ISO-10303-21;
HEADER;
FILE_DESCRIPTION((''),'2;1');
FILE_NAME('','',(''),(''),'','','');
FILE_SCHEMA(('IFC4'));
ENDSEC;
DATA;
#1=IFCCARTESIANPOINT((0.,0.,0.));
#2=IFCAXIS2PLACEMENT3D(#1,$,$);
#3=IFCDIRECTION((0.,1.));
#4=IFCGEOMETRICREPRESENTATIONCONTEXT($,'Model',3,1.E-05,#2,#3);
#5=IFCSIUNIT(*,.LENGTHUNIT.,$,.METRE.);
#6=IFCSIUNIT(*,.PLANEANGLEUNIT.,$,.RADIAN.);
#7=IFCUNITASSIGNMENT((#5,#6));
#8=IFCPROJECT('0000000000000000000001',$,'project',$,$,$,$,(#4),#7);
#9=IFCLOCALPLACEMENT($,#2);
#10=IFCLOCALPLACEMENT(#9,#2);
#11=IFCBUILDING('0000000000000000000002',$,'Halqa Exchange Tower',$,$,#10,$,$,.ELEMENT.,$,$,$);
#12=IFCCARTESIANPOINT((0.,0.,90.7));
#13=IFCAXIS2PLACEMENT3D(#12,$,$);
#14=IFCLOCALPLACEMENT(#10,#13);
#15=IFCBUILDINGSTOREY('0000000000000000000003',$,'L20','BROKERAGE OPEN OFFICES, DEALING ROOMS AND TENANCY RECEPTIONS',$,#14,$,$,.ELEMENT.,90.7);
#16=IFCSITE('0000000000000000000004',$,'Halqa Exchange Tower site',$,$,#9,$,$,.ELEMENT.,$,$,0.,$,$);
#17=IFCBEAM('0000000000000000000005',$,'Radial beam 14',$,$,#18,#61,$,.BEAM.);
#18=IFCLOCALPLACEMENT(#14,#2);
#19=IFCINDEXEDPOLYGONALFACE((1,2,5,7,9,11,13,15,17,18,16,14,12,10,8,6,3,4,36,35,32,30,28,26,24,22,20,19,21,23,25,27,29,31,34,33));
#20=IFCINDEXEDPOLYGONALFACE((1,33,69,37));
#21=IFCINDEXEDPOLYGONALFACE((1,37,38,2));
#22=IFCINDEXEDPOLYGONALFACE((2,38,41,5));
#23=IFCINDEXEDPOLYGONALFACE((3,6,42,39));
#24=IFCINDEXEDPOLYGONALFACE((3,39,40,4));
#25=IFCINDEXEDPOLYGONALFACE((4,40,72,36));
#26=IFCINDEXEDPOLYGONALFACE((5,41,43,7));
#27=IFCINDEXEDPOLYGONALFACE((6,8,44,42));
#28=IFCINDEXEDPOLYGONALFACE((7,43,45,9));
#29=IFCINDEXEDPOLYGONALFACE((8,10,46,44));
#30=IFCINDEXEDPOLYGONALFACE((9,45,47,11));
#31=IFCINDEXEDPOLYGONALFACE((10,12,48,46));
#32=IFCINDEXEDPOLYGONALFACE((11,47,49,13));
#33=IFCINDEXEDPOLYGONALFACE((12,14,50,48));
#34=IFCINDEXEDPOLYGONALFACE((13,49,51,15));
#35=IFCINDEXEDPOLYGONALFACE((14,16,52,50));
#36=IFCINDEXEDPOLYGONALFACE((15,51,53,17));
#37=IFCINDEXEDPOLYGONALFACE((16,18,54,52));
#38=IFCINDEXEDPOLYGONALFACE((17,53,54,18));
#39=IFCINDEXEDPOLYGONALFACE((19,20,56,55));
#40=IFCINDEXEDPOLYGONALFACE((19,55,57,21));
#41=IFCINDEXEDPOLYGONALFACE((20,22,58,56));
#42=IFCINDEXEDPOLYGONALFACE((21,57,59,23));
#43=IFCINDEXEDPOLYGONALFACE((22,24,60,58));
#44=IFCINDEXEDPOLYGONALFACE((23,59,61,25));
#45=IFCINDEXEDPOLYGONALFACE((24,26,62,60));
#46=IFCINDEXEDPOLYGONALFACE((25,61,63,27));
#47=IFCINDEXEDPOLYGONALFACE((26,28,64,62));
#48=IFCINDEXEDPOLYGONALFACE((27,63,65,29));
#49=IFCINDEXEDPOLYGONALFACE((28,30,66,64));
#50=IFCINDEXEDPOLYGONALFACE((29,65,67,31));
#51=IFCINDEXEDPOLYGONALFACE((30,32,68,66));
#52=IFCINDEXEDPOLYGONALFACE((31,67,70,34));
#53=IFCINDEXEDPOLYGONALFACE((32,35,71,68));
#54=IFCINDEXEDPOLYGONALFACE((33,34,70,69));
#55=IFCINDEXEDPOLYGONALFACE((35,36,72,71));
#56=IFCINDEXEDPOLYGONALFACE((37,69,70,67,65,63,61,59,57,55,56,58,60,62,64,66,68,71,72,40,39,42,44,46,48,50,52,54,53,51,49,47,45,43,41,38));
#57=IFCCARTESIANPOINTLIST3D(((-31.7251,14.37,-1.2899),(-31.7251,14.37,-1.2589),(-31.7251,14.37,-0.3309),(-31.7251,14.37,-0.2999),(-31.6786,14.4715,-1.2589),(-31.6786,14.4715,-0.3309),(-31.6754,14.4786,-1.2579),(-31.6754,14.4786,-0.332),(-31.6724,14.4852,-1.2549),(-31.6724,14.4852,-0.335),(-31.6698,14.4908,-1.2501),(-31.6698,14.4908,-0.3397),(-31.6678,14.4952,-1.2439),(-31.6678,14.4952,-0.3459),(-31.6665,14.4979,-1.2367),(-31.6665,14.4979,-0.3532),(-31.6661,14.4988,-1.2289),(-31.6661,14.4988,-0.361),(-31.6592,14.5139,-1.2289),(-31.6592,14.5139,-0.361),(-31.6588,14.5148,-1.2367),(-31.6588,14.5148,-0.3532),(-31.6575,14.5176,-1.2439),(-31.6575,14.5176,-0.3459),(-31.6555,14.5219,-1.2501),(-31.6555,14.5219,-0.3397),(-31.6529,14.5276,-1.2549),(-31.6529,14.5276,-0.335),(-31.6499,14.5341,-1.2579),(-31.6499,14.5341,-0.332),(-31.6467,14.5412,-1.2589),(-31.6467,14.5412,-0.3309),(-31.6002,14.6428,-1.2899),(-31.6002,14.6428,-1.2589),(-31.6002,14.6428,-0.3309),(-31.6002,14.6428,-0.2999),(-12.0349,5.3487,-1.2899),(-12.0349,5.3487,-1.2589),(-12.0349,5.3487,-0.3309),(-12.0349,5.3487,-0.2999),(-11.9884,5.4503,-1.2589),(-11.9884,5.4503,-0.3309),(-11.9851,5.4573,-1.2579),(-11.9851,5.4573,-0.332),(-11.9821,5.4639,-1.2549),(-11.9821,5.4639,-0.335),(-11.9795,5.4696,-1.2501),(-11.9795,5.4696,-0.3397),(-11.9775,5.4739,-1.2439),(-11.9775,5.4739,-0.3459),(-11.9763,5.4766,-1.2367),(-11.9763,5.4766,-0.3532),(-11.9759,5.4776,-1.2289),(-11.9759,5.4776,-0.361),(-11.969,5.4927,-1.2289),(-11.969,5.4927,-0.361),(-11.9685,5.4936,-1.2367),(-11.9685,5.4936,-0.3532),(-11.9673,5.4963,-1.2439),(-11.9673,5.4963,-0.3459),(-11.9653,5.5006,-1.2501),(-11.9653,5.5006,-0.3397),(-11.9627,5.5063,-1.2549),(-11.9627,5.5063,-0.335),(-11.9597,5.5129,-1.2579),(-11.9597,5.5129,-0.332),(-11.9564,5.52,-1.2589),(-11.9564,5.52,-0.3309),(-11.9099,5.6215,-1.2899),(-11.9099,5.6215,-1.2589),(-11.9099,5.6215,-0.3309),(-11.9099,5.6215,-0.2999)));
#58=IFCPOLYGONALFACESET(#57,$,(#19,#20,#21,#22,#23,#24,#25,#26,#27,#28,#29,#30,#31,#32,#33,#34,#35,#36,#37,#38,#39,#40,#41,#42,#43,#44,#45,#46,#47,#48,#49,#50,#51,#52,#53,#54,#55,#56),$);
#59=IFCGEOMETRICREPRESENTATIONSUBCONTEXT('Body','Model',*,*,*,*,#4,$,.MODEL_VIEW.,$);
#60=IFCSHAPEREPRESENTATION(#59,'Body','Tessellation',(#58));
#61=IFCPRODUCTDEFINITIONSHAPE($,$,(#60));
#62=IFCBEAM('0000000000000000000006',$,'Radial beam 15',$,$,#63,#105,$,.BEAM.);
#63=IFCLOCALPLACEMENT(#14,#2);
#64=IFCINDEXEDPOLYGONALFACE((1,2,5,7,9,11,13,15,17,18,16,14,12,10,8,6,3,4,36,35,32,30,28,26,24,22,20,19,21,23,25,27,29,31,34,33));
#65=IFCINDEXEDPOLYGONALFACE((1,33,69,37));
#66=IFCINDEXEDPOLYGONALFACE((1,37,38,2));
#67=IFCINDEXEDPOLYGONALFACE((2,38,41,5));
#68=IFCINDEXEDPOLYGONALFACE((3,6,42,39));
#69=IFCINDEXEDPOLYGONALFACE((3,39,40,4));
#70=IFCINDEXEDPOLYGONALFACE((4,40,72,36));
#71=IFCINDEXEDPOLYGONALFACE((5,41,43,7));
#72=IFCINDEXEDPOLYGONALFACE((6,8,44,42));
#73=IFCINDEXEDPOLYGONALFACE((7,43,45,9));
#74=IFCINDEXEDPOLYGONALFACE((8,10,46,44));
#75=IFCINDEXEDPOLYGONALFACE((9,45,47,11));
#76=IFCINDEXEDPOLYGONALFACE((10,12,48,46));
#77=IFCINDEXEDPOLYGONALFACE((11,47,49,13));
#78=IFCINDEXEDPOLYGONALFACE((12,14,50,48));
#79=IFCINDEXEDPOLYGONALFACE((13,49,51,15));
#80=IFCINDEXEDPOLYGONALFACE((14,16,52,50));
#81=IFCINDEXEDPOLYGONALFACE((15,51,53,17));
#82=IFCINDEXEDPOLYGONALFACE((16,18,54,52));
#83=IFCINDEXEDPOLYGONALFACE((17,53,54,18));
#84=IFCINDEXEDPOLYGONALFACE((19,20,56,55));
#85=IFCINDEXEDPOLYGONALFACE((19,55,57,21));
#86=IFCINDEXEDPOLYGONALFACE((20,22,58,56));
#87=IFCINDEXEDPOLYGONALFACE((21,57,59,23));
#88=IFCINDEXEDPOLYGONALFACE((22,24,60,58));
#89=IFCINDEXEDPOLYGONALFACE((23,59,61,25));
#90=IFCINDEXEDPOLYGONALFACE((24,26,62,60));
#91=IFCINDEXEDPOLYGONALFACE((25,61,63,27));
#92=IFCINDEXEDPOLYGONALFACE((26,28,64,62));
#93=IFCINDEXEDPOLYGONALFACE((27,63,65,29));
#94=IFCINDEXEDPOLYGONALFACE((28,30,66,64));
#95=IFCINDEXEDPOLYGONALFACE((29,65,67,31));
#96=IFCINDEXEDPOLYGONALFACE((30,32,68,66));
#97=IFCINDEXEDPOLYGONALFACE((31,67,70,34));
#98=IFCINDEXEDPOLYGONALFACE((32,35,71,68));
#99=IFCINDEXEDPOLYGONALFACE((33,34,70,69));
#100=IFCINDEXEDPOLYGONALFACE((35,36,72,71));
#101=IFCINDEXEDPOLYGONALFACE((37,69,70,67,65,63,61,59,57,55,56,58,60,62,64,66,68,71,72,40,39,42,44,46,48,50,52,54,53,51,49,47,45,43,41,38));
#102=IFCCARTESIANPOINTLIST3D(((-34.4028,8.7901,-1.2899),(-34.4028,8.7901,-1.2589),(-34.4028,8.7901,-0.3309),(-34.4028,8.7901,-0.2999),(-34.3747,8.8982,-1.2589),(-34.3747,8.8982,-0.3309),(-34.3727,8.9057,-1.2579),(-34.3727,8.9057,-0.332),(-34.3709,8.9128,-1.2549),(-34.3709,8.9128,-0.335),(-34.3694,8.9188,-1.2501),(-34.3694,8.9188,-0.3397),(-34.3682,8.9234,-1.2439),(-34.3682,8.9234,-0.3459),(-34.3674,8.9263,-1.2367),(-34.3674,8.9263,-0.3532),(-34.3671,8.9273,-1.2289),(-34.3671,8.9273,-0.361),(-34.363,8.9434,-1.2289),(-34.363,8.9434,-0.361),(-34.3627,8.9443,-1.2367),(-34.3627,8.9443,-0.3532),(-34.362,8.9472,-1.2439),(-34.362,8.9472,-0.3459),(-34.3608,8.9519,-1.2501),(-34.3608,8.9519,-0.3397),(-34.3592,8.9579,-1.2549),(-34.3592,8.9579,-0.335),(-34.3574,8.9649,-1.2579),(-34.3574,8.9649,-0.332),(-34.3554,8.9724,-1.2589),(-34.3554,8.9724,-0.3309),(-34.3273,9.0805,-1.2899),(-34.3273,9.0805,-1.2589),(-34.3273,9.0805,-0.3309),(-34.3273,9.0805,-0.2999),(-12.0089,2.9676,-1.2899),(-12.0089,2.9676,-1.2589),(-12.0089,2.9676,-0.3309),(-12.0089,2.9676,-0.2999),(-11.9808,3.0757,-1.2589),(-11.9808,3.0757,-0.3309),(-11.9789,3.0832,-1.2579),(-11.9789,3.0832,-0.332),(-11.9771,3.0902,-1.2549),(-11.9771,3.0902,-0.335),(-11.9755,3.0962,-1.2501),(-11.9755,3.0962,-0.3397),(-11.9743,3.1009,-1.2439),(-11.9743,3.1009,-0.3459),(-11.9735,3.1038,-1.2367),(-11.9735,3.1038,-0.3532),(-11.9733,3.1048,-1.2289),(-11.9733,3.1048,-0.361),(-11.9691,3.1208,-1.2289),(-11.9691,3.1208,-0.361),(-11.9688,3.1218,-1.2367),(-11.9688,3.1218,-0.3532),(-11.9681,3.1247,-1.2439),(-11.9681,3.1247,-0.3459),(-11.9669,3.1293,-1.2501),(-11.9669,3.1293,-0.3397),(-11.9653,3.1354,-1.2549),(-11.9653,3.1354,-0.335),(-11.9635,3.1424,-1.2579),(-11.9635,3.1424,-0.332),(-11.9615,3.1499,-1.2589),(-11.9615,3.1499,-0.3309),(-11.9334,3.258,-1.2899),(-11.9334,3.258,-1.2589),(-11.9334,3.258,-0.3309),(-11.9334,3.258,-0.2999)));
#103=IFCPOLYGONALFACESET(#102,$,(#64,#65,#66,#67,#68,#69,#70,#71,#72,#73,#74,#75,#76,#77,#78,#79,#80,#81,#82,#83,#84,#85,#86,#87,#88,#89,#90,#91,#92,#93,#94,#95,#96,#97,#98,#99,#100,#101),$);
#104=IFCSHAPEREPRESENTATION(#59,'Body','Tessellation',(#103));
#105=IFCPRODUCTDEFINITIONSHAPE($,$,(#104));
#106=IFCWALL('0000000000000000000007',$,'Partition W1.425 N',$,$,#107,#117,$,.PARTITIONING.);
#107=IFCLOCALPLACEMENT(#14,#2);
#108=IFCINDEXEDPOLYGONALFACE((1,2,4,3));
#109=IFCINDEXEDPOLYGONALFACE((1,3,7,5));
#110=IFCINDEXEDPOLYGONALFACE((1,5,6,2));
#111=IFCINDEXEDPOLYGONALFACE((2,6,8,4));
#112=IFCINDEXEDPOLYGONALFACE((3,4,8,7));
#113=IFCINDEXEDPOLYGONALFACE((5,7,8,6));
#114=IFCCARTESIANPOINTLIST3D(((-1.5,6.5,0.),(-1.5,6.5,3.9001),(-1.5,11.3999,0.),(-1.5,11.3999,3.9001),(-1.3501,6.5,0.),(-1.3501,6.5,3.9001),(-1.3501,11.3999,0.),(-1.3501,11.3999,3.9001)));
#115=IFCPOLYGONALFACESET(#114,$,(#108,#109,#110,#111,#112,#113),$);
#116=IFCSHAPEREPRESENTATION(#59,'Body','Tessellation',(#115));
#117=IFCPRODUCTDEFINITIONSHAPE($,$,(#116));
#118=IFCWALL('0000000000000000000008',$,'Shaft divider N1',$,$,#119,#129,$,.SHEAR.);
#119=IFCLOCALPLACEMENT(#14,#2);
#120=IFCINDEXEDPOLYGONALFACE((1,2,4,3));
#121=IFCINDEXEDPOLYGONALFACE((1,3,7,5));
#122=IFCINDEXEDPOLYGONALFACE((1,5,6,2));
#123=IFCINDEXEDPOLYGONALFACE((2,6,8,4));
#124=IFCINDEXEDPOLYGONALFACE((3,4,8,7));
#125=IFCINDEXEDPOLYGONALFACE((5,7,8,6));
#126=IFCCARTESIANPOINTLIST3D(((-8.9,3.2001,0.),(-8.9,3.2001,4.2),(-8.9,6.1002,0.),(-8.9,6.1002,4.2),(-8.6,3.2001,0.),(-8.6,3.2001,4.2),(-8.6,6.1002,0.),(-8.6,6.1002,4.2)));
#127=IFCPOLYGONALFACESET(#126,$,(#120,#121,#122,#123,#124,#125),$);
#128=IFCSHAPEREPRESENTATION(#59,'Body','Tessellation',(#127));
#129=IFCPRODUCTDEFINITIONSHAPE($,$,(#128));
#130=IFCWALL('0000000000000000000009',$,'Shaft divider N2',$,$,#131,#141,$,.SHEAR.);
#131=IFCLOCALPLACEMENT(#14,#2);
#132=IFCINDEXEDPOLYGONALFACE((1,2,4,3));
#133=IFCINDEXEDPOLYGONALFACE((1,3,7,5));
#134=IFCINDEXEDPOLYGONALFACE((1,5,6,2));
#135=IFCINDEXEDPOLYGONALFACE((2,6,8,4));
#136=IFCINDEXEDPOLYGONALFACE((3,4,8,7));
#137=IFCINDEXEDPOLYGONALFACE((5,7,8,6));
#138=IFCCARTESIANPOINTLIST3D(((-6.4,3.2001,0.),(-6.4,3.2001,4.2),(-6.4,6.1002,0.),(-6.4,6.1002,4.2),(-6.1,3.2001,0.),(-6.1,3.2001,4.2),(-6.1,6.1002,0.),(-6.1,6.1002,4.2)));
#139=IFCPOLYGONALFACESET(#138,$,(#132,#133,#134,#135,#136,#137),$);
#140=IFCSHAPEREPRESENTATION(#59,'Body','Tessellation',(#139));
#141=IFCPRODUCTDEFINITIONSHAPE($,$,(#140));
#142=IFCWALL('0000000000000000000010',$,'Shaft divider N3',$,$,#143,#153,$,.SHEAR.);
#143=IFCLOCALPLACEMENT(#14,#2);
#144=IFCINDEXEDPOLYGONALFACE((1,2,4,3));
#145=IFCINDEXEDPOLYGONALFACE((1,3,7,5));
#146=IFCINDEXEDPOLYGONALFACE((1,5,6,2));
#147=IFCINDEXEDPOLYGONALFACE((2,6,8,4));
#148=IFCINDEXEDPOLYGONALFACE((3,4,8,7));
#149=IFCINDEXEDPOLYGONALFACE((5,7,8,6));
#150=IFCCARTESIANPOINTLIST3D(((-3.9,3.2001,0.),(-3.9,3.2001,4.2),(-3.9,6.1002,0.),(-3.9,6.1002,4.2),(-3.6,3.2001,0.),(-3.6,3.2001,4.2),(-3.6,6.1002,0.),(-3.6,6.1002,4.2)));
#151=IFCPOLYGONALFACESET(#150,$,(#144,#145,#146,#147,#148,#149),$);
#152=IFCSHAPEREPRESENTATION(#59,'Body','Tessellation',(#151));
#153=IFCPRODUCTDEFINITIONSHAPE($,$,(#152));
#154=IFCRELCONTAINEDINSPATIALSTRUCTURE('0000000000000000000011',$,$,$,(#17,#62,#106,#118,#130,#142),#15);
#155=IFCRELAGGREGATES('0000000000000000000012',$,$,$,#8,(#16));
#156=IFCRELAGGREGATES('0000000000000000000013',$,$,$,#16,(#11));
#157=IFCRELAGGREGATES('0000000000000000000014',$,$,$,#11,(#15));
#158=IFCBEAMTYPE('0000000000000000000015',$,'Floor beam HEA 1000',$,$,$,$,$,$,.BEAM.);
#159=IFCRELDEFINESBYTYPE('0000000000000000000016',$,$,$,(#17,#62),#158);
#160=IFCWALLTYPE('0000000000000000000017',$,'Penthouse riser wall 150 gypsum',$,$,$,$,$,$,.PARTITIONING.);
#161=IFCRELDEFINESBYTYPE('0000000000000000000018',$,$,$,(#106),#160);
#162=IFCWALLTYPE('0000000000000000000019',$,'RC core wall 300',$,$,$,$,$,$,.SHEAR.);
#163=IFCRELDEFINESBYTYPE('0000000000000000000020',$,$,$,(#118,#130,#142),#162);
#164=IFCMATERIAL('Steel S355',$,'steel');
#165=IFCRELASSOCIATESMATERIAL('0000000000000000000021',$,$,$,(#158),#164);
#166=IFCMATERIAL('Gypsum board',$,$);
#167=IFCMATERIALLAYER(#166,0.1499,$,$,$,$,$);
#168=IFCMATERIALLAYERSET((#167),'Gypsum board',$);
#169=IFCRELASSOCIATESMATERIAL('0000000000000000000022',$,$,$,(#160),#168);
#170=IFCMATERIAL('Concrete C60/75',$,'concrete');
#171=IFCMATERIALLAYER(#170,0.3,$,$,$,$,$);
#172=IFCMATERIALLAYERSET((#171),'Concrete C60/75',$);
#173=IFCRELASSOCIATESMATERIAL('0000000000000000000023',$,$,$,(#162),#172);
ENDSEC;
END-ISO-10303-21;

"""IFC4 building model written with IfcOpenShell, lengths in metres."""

from ifc_helpers import new_model, si_unit, direction, frame, frame_2d, origin, origin_2d, place, context, subcontext, project, spatial, rectangle, i_section, extrude, material, layer, layer_set, material_profile, profile_set, type_object, element, save


model = new_model("IFC4")

# Units and contexts
model_context = context("Model", 3, precision=1e-05, world=origin(), true_north=direction((0.0, 1.0)))
body_context = subcontext(model_context, "Body", "Model", "MODEL_VIEW")
ifc_project = project(units=[si_unit("LENGTHUNIT", "METRE"), si_unit("PLANEANGLEUNIT", "RADIAN")], contexts=[model_context])

# Site, building, storey
site_placement = place(None, origin())
site = spatial("IfcSite", under=ifc_project, at=site_placement, Name="Halqa Exchange Tower site", CompositionType="ELEMENT", RefElevation=0.0)
building_placement = place(site_placement, origin())
building = spatial("IfcBuilding", under=site, at=building_placement, Name="Halqa Exchange Tower", CompositionType="ELEMENT")
storey_placement = place(building_placement, frame((0.0, 0.0, 90.7)))
storey = spatial("IfcBuildingStorey", under=building, at=storey_placement, Name="L20", Description="BROKERAGE OPEN OFFICES, DEALING ROOMS AND TENANCY RECEPTIONS", CompositionType="ELEMENT", Elevation=90.7)

# Beams
ifc_material_1 = material(Name="Steel S355", Category="steel")
ifc_material_profile = material_profile(ifc_material_1, i_section(OverallWidth=0.3, OverallDepth=0.99, WebThickness=0.0166, FlangeThickness=0.031, FilletRadius=0.03, at=origin_2d()), Name="HEA 1000")
ifc_profile_set = profile_set([ifc_material_profile], Name="Steel S355")
beam_type = type_object("IfcBeamType", Name="Floor beam HEA 1000", PredefinedType="BEAM", material=ifc_profile_set)
beam_1_placement = place(storey_placement, frame((-11.9724, 5.4851, -0.7949), z_axis=(-0.909125, 0.416524, 0.0), x_axis=(-0.416524, -0.909125, 0.0)))
element("IfcBeam", 1, at=beam_1_placement, inside=storey, type_object=beam_type, Name="Radial beam 14", PredefinedType="BEAM", context=body_context, shape_type="SweptSolid", body=[
    extrude(i_section(OverallWidth=0.3, OverallDepth=0.99, WebThickness=0.0166, FlangeThickness=0.031, FilletRadius=0.03, at=origin_2d()), origin(), (0.0, 0.0, 1.0), 21.6584),
])
beam_2_placement = place(storey_placement, frame((-11.9712, 3.1128, -0.7949), z_axis=(-0.967821, 0.251639, 0.0), x_axis=(-0.251639, -0.967821, 0.0)))
element("IfcBeam", 2, at=beam_2_placement, inside=storey, type_object=beam_type, Name="Radial beam 15", PredefinedType="BEAM", context=body_context, shape_type="SweptSolid", body=[
    extrude(i_section(OverallWidth=0.3, OverallDepth=0.99, WebThickness=0.0166, FlangeThickness=0.031, FilletRadius=0.03, at=origin_2d()), origin(), (0.0, 0.0, 1.0), 23.1384),
])

# Walls
ifc_material_2 = material(Name="Gypsum board")
ifc_layer_1 = layer(ifc_material_2, 0.1499)
ifc_layer_set_1 = layer_set([ifc_layer_1], Name="Gypsum board")
wall_type_1 = type_object("IfcWallType", Name="Penthouse riser wall 150 gypsum", PredefinedType="PARTITIONING", material=ifc_layer_set_1)
wall_1_placement = place(storey_placement, frame((-1.425, 6.5, 0.0), z_axis=(0.0, 0.0, 1.0), x_axis=(0.0, 1.0, 0.0)))
element("IfcWall", 3, at=wall_1_placement, inside=storey, type_object=wall_type_1, Name="Partition W1.425 N", PredefinedType="PARTITIONING", context=body_context, shape_type="SweptSolid", body=[
    extrude(rectangle(XDim=4.8999, YDim=0.1499, at=frame_2d((2.45, 0.0))), origin(), (0.0, 0.0, 1.0), 3.9001),
])
ifc_material_3 = material(Name="Concrete C60/75", Category="concrete")
ifc_layer_2 = layer(ifc_material_3, 0.3)
ifc_layer_set_2 = layer_set([ifc_layer_2], Name="Concrete C60/75")
wall_type_2 = type_object("IfcWallType", Name="RC core wall 300", PredefinedType="SHEAR", material=ifc_layer_set_2)
for number, where, z_axis, x_axis, name in (
    (4, (-8.75, 3.2, 0.0), (0.0, 0.0, 1.0), (0.0, 1.0, 0.0), "Shaft divider N1"),
    (5, (-6.25, 3.2, 0.0), (0.0, 0.0, 1.0), (0.0, 1.0, 0.0), "Shaft divider N2"),
    (6, (-3.75, 3.2, 0.0), (0.0, 0.0, 1.0), (0.0, 1.0, 0.0), "Shaft divider N3"),
):
    element("IfcWall", number, at=place(storey_placement, frame(where, z_axis=z_axis, x_axis=x_axis)), inside=storey, type_object=wall_type_2, Name=name, PredefinedType="SHEAR", context=body_context, shape_type="SweptSolid", body=[
        extrude(rectangle(XDim=2.9001, YDim=0.3, at=frame_2d((1.4502, 0.0))), origin(), (0.0, 0.0, 1.0), 4.2),
    ])

save(model, "model.ifc")
